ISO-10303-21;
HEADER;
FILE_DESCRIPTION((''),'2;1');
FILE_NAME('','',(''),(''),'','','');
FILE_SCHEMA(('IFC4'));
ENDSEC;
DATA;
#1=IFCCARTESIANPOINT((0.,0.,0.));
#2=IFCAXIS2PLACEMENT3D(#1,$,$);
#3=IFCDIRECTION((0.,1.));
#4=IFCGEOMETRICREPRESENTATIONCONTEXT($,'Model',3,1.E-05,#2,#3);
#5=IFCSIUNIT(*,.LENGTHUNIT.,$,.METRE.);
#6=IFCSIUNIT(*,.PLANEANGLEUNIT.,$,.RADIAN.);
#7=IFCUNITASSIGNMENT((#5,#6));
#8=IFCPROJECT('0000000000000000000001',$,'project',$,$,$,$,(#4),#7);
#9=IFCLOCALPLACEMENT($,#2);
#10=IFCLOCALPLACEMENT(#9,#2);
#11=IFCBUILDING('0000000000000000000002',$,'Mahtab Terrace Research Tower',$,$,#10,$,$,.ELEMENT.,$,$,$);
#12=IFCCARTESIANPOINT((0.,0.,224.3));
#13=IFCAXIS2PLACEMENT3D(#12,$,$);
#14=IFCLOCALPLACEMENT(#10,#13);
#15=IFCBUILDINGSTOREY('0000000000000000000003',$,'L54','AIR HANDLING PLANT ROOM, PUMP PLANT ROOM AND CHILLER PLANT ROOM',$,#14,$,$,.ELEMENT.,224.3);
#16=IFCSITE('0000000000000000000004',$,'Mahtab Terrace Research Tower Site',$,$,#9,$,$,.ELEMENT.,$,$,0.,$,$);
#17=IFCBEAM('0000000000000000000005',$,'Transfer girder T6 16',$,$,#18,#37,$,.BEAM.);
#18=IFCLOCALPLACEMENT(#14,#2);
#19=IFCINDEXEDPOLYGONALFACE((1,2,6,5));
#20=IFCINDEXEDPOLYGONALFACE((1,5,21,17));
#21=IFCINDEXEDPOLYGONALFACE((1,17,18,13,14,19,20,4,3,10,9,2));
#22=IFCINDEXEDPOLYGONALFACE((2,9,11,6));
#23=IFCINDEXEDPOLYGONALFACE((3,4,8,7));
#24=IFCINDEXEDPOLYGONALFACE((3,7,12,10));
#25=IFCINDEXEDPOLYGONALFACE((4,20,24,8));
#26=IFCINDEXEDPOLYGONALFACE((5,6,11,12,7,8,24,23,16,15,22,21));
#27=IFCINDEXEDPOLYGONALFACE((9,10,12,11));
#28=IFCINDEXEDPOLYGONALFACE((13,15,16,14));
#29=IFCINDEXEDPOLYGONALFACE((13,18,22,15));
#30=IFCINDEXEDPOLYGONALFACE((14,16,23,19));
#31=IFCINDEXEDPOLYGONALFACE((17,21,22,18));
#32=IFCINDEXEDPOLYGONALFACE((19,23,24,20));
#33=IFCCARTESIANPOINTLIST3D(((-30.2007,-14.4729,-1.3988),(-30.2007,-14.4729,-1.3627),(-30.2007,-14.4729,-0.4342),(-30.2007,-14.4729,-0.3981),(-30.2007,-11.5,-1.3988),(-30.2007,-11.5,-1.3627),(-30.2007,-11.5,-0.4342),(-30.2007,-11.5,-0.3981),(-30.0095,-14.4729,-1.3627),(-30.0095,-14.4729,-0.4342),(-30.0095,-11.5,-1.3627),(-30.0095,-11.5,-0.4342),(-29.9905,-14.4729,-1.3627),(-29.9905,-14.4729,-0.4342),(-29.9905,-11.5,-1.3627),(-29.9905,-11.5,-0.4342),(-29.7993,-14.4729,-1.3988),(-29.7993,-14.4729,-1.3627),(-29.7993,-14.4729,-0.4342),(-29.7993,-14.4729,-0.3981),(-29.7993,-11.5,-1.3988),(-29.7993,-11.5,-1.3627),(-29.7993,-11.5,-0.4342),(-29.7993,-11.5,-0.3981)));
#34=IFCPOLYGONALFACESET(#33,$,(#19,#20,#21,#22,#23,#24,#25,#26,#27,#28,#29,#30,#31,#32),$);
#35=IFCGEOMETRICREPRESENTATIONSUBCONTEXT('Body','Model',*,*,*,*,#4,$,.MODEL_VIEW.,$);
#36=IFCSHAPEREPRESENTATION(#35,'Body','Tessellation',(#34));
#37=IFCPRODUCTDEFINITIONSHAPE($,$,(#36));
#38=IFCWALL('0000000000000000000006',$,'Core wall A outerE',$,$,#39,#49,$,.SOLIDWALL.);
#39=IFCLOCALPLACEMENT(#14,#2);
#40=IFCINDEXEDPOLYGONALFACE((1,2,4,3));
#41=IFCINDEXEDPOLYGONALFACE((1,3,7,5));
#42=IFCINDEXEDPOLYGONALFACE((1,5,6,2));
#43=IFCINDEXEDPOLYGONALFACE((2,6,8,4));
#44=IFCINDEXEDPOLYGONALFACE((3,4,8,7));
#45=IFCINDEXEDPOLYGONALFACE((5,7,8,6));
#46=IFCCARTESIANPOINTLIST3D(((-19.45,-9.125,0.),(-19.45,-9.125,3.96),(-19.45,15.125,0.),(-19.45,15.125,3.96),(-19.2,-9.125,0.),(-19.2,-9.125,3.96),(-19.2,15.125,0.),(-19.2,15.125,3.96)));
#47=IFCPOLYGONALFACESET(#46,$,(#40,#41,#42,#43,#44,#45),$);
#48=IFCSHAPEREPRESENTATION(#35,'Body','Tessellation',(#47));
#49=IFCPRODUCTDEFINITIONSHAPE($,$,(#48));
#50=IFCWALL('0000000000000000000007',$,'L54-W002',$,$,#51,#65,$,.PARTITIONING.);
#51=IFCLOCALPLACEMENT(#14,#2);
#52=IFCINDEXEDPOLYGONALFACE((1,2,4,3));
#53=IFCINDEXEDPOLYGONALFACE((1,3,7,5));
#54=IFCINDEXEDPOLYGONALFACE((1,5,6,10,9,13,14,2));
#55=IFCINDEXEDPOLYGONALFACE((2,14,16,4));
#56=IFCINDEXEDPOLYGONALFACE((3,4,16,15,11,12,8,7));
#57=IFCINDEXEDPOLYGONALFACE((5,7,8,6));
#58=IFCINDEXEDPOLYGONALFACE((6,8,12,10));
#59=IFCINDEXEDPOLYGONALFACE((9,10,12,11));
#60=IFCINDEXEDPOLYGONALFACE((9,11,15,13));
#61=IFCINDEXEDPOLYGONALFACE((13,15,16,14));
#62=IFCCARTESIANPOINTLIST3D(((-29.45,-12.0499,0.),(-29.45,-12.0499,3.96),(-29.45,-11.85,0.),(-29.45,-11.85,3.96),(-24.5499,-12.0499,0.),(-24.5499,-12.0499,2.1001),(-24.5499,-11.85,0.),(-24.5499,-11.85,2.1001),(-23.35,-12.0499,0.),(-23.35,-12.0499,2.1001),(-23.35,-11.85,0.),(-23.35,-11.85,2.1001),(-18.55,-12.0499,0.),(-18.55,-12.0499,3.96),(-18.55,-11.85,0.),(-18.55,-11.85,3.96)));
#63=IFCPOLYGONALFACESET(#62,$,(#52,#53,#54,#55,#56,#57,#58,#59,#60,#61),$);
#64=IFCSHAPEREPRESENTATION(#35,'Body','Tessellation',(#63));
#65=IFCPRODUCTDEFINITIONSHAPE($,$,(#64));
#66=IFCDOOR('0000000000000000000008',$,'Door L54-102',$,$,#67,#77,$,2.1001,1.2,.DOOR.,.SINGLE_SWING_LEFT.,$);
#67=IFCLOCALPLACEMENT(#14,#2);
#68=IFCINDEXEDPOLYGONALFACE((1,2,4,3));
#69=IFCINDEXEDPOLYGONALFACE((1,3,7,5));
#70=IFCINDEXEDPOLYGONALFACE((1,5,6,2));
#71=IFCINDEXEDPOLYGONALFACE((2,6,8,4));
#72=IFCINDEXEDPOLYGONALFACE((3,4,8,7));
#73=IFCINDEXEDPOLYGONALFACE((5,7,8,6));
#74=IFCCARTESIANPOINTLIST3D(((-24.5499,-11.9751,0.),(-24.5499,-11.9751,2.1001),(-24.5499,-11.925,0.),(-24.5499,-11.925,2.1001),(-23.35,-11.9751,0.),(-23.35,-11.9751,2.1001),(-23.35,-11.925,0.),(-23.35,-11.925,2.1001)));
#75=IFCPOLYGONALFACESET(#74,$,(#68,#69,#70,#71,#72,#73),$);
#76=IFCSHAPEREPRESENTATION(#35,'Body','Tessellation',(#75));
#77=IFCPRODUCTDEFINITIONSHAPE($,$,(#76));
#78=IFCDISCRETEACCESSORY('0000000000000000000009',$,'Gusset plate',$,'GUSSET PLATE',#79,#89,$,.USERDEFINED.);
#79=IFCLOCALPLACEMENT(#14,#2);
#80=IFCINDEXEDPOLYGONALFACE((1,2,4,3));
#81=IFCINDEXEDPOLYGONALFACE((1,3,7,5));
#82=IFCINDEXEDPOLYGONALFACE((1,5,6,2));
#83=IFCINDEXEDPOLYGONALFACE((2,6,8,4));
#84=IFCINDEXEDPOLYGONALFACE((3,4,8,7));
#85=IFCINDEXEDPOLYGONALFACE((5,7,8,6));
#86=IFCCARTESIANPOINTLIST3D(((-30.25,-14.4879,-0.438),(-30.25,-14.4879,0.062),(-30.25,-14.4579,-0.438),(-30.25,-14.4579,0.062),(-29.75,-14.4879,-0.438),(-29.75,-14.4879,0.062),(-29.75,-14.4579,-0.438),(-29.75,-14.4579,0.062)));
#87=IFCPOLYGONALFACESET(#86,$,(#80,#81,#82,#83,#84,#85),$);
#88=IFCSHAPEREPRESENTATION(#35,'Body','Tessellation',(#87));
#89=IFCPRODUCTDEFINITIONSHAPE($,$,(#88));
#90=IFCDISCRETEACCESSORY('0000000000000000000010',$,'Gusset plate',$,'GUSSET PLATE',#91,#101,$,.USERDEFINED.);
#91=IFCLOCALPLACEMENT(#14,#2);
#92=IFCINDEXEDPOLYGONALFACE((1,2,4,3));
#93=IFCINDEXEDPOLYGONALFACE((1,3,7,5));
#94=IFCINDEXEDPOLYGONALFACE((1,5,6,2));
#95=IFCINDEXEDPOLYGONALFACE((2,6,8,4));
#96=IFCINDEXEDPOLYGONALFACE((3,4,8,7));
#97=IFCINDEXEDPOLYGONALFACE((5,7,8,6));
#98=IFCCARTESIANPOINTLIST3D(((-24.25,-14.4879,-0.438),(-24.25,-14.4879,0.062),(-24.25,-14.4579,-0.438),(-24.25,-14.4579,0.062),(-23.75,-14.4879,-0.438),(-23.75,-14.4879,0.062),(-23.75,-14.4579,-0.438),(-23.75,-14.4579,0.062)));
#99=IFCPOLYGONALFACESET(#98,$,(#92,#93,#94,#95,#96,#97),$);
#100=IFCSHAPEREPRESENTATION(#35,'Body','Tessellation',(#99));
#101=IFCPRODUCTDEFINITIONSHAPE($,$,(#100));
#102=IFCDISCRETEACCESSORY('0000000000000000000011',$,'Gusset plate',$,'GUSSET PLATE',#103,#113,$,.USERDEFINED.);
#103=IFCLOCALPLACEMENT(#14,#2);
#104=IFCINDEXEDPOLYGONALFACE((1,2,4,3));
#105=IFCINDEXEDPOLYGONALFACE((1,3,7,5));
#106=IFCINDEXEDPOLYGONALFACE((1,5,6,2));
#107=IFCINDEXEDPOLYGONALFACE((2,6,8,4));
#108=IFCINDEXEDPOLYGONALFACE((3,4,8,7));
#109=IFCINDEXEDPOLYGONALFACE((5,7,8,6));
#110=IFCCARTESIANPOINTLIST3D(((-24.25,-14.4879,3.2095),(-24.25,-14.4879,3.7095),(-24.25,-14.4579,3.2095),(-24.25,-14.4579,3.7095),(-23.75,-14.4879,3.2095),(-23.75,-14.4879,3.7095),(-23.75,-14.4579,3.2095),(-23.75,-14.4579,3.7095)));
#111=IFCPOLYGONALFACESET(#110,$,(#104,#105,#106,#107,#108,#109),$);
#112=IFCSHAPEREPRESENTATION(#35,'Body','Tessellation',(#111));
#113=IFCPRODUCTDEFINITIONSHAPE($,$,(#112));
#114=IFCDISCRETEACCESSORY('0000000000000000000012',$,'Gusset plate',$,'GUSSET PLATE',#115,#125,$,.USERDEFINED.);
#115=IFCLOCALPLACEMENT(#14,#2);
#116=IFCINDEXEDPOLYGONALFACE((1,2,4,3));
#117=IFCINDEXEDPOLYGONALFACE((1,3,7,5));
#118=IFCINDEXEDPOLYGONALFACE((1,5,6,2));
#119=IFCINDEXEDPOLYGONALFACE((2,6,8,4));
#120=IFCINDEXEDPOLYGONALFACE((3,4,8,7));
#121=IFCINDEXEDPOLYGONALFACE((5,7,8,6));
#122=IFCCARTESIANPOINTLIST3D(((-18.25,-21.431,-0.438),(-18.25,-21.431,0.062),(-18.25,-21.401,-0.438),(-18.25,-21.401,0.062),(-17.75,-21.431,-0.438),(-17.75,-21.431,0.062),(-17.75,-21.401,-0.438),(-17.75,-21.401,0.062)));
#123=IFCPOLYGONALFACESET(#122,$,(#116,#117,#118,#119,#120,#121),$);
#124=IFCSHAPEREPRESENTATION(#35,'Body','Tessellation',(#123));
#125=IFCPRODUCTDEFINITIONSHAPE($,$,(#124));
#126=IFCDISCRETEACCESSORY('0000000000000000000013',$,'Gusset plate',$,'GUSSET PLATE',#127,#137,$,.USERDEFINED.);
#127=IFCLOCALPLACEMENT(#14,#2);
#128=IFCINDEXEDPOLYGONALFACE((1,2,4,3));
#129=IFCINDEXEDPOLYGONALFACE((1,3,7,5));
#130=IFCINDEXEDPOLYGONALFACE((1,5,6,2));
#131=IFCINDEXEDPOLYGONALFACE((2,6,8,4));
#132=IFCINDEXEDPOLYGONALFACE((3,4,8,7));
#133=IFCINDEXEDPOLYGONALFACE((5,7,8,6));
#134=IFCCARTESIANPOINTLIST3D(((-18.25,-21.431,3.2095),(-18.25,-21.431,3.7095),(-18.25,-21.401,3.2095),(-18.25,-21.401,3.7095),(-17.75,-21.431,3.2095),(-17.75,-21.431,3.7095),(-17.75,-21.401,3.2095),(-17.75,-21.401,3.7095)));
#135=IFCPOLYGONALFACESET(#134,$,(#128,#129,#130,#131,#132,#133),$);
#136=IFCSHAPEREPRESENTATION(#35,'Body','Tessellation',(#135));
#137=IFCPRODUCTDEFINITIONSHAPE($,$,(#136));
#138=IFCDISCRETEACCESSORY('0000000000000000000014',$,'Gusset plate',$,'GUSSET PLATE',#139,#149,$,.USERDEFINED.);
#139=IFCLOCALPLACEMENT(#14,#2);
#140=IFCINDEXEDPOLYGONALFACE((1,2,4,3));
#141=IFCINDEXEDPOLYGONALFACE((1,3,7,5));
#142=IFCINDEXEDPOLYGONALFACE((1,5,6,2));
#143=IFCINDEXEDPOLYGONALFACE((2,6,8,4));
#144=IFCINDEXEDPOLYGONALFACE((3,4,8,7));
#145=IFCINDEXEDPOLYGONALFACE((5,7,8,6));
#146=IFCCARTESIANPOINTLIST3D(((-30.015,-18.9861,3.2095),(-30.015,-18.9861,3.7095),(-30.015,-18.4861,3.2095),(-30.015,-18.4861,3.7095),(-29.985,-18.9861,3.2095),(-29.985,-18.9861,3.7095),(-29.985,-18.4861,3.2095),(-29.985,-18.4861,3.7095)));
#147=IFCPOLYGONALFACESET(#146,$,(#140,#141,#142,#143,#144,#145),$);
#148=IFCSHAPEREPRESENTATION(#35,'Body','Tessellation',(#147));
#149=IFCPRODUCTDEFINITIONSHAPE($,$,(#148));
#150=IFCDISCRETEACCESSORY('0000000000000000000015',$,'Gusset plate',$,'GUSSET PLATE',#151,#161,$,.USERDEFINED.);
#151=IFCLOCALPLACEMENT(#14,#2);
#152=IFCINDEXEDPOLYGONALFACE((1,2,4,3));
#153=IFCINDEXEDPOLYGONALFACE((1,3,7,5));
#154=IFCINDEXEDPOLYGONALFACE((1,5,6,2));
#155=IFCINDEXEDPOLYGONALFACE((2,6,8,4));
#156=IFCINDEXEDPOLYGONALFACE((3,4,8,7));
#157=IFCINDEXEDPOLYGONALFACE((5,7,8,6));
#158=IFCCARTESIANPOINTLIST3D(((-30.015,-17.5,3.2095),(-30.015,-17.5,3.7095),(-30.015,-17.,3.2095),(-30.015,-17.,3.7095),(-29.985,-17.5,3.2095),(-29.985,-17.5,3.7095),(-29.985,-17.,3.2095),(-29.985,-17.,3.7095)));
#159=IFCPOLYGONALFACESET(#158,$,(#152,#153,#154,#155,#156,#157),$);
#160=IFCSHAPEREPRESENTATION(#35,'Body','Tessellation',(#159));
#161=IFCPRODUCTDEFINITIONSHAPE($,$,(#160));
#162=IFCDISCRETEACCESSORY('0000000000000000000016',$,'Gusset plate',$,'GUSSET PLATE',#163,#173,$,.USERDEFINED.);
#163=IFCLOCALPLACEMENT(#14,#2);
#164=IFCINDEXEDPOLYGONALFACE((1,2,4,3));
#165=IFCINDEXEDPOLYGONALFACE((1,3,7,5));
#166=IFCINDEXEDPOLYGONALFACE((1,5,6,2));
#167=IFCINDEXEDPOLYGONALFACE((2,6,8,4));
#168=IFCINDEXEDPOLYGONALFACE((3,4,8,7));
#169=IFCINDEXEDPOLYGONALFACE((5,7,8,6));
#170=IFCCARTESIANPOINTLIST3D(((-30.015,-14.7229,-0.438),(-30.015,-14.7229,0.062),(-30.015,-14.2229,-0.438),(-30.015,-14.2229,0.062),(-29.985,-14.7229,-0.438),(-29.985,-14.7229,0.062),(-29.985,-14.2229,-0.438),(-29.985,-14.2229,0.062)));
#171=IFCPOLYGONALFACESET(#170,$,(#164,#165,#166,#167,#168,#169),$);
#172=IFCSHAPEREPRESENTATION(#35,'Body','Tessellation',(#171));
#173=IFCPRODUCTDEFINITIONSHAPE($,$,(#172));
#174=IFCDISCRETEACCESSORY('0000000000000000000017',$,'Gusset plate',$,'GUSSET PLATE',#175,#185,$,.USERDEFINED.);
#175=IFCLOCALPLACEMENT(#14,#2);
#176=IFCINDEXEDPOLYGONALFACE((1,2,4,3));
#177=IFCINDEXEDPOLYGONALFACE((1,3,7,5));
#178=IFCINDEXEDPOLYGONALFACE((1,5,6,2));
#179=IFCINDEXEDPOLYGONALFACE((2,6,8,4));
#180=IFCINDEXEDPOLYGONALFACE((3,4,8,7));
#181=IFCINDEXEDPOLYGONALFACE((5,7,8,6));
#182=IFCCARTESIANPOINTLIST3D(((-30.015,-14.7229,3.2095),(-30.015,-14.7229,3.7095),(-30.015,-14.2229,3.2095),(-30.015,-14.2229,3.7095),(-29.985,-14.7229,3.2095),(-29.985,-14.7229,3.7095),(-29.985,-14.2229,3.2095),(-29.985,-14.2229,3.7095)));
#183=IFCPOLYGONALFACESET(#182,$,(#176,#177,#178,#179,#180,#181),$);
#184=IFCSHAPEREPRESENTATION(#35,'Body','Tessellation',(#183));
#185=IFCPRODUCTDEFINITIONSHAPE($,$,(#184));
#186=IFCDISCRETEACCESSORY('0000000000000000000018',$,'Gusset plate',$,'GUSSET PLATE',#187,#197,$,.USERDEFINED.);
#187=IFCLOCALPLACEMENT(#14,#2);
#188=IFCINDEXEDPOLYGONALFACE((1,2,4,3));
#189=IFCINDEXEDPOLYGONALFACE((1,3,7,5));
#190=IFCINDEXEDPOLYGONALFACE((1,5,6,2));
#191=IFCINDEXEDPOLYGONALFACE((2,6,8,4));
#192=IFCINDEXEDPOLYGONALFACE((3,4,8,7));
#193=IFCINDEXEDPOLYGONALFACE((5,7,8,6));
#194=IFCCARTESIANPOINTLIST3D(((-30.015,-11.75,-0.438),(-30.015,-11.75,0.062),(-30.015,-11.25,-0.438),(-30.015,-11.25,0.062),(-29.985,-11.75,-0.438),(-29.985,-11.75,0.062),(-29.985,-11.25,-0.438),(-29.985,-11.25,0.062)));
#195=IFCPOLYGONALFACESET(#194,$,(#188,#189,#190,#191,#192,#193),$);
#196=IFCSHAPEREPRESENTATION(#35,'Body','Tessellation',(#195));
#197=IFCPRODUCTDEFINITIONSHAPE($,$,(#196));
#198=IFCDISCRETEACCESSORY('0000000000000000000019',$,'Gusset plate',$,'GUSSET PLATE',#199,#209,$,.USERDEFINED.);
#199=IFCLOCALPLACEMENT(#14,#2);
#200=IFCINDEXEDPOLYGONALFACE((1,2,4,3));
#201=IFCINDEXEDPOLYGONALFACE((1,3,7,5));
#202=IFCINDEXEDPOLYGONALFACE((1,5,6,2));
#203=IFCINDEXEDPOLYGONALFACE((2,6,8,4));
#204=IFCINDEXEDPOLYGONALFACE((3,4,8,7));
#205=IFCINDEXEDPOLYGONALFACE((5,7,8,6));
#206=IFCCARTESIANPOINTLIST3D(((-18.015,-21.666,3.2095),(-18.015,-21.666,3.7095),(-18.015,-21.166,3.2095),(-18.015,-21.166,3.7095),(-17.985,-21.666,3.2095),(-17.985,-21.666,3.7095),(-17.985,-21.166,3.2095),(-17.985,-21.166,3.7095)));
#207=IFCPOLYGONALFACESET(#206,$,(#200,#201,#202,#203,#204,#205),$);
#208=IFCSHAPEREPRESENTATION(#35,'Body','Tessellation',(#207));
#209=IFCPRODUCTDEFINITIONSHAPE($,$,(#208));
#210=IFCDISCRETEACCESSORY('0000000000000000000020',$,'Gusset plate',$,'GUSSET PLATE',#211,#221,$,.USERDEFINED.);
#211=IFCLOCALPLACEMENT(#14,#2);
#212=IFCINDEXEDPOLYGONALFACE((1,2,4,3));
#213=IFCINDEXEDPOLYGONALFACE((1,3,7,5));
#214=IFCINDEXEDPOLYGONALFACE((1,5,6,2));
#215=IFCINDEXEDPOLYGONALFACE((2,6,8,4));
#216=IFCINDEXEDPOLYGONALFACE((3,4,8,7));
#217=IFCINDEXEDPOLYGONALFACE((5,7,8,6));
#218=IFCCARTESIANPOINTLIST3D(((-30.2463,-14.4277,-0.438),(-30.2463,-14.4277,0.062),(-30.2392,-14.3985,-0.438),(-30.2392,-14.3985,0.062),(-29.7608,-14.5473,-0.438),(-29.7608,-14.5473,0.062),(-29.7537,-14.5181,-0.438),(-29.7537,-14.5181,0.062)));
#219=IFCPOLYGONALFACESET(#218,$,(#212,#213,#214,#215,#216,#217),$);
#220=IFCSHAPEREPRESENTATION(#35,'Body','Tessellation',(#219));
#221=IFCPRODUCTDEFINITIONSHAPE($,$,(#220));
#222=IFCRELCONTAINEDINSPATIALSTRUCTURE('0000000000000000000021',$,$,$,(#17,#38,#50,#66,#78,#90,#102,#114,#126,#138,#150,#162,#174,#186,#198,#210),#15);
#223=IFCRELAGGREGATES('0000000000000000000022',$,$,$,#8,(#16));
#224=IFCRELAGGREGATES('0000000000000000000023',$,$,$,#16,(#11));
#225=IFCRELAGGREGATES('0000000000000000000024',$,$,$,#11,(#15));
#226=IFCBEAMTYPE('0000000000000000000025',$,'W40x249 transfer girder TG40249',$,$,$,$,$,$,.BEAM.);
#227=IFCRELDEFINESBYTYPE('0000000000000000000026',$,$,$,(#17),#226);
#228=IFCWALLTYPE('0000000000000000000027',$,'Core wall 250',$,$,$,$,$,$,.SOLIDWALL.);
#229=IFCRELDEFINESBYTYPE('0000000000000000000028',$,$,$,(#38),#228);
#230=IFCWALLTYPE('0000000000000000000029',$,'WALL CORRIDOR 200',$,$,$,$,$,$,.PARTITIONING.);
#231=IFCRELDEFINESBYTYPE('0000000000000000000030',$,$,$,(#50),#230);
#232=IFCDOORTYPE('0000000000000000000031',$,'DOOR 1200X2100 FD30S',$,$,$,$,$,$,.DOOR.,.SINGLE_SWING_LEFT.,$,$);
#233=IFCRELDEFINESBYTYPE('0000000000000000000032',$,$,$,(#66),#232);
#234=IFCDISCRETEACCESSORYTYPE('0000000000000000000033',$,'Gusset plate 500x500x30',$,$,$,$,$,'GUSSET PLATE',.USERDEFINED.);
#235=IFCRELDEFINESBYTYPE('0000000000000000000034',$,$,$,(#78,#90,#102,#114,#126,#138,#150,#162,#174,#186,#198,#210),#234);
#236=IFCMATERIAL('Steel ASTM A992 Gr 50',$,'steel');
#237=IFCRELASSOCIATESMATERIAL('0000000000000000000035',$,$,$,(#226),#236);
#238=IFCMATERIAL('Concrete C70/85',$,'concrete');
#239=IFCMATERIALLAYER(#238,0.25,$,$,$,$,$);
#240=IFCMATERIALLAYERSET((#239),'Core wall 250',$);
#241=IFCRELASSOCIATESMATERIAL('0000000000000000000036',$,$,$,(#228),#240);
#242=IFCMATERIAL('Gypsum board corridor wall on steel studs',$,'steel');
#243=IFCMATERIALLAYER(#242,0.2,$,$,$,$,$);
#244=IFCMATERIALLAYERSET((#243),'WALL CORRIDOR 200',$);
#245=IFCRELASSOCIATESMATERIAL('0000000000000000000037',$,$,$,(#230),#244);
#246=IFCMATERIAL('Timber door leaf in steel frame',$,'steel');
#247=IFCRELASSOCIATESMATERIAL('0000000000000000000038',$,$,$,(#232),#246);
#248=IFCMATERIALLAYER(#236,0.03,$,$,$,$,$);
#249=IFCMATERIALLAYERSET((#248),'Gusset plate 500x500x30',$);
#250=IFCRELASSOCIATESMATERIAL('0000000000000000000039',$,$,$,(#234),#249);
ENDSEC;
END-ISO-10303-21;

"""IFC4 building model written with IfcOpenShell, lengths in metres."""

from ifc_helpers import new_model, si_unit, direction, frame, frame_2d, origin, origin_2d, place, context, subcontext, project, spatial, rectangle, i_section, extrude, material, layer, layer_set, material_profile, profile_set, type_object, element, fill, save


model = new_model("IFC4")

# Units and contexts
model_context = context("Model", 3, precision=1e-05, world=origin(), true_north=direction((0.0, 1.0)))
body_context = subcontext(model_context, "Body", "Model", "MODEL_VIEW")
ifc_project = project(units=[si_unit("LENGTHUNIT", "METRE"), si_unit("PLANEANGLEUNIT", "RADIAN")], contexts=[model_context])

# Site, building, storey
site_placement = place(None, origin())
site = spatial("IfcSite", under=ifc_project, at=site_placement, Name="Mahtab Terrace Research Tower Site", CompositionType="ELEMENT", RefElevation=0.0)
building_placement = place(site_placement, origin())
building = spatial("IfcBuilding", under=site, at=building_placement, Name="Mahtab Terrace Research Tower", CompositionType="ELEMENT")
storey_placement = place(building_placement, frame((0.0, 0.0, 224.3)))
storey = spatial("IfcBuildingStorey", under=building, at=storey_placement, Name="L54", Description="AIR HANDLING PLANT ROOM, PUMP PLANT ROOM AND CHILLER PLANT ROOM", CompositionType="ELEMENT", Elevation=224.3)

# Shared definitions
ifc_material_1 = material(Name="Concrete C70/85", Category="concrete")
ifc_material_2 = material(Name="Steel ASTM A992 Gr 50", Category="steel")

# Beam
ifc_material_profile_1 = material_profile(ifc_material_2, i_section(OverallWidth=0.4014, OverallDepth=1.0007, WebThickness=0.019, FlangeThickness=0.0361, at=origin_2d()), Name="W40X249")
ifc_profile_set_1 = profile_set([ifc_material_profile_1], Name="Steel ASTM A992 Gr 50")
beam_type = type_object("IfcBeamType", Name="W40x249 transfer girder TG40249", PredefinedType="BEAM", material=ifc_profile_set_1)
beam_placement = place(storey_placement, frame((-30.0, -14.4729, -0.8984), z_axis=(0.0, 1.0, 0.0), x_axis=(-1.0, 0.0, 0.0)))
element("IfcBeam", 1, at=beam_placement, inside=storey, type_object=beam_type, Name="Transfer girder T6 16", PredefinedType="BEAM", context=body_context, shape_type="SweptSolid", body=[
    extrude(i_section(OverallWidth=0.4014, OverallDepth=1.0007, WebThickness=0.019, FlangeThickness=0.0361, at=origin_2d()), origin(), (0.0, 0.0, 1.0), 2.9729),
])

# Wall
ifc_layer_1 = layer(ifc_material_1, 0.25)
ifc_layer_set_1 = layer_set([ifc_layer_1], Name="Core wall 250")
wall_type_1 = type_object("IfcWallType", Name="Core wall 250", PredefinedType="SOLIDWALL", material=ifc_layer_set_1)
wall_1_placement = place(storey_placement, frame((-19.325, -9.125, 0.0), z_axis=(0.0, 0.0, 1.0), x_axis=(0.0, 1.0, 0.0)))
element("IfcWall", 2, at=wall_1_placement, inside=storey, type_object=wall_type_1, Name="Core wall A outerE", PredefinedType="SOLIDWALL", context=body_context, shape_type="SweptSolid", body=[
    extrude(rectangle(XDim=24.25, YDim=0.25, at=frame_2d((12.125, 0.0))), origin(), (0.0, 0.0, 1.0), 3.96),
])

# Wall, opening, door
ifc_material_3 = material(Name="Gypsum board corridor wall on steel studs", Category="steel")
ifc_layer_2 = layer(ifc_material_3, 0.2)
ifc_layer_set_2 = layer_set([ifc_layer_2], Name="WALL CORRIDOR 200")
wall_type_2 = type_object("IfcWallType", Name="WALL CORRIDOR 200", PredefinedType="PARTITIONING", material=ifc_layer_set_2)
wall_2_placement = place(storey_placement, frame((-29.45, -11.95, 0.0), z_axis=(0.0, 0.0, 1.0), x_axis=(1.0, 0.0, 0.0)))
wall_2 = element("IfcWall", 3, at=wall_2_placement, inside=storey, type_object=wall_type_2, Name="L54-W002", PredefinedType="PARTITIONING", context=body_context, shape_type="SweptSolid", body=[
    extrude(rectangle(XDim=10.8999, YDim=0.2, at=frame_2d((5.45, 0.0))), origin(), (0.0, 0.0, 1.0), 3.96),
])
opening_placement = place(wall_2_placement, frame((4.8999, 0.0, 0.0)))
opening = element("IfcOpeningElement", 4, at=opening_placement, cuts=wall_2, PredefinedType="OPENING", context=body_context, shape_type="SweptSolid", body=[
    extrude(rectangle(XDim=1.2, YDim=2.1001, at=frame_2d((0.6001, 1.05))), frame((0.0, 0.1099, 0.0), z_axis=(0.0, -1.0, 0.0), x_axis=(1.0, 0.0, 0.0)), (0.0, 0.0, 1.0), 0.22),
])
ifc_material_4 = material(Name="Timber door leaf in steel frame", Category="steel")
door_type = type_object("IfcDoorType", Name="DOOR 1200X2100 FD30S", OperationType="SINGLE_SWING_LEFT", PredefinedType="DOOR", material=ifc_material_4)
door_placement = place(opening_placement, origin())
door = element("IfcDoor", 5, at=door_placement, inside=storey, type_object=door_type, Name="Door L54-102", OperationType="SINGLE_SWING_LEFT", OverallHeight=2.1001, OverallWidth=1.2, PredefinedType="DOOR", context=body_context, shape_type="SweptSolid", body=[
    extrude(rectangle(XDim=1.2, YDim=2.1001, at=frame_2d((0.6001, 1.05))), frame((0.0, 0.0249, 0.0), z_axis=(0.0, -1.0, 0.0), x_axis=(1.0, 0.0, 0.0)), (0.0, 0.0, 1.0), 0.05),
])
fill(opening, door)

# Discrete accessories
ifc_layer_3 = layer(ifc_material_2, 0.03)
ifc_layer_set_3 = layer_set([ifc_layer_3], Name="Gusset plate 500x500x30")
discrete_accessory_type = type_object("IfcDiscreteAccessoryType", Name="Gusset plate 500x500x30", ElementType="GUSSET PLATE", PredefinedType="USERDEFINED", material=ifc_layer_set_3)
for number, where, z_axis, x_axis, name in (
    (6, (-30.0, -14.4729, -0.438), (0.0, 0.0, 1.0), (1.0, 0.0, 0.0), "Gusset plate"),
    (7, (-24.0, -14.4729, -0.438), (0.0, 0.0, 1.0), (1.0, 0.0, 0.0), "Gusset plate"),
    (8, (-24.0, -14.4729, 3.2095), (0.0, 0.0, 1.0), (1.0, 0.0, 0.0), "Gusset plate"),
    (9, (-18.0, -21.416, -0.438), (0.0, 0.0, 1.0), (1.0, 0.0, 0.0), "Gusset plate"),
    (10, (-18.0, -21.416, 3.2095), (0.0, 0.0, 1.0), (1.0, 0.0, 0.0), "Gusset plate"),
    (11, (-30.0, -18.7361, 3.2095), (0.0, 0.0, 1.0), (0.0, 1.0, 0.0), "Gusset plate"),
    (12, (-30.0, -17.25, 3.2095), (0.0, 0.0, 1.0), (0.0, 1.0, 0.0), "Gusset plate"),
    (13, (-30.0, -14.4729, -0.438), (0.0, 0.0, 1.0), (0.0, 1.0, 0.0), "Gusset plate"),
    (14, (-30.0, -14.4729, 3.2095), (0.0, 0.0, 1.0), (0.0, 1.0, 0.0), "Gusset plate"),
    (15, (-30.0, -11.5, -0.438), (0.0, 0.0, 1.0), (0.0, 1.0, 0.0), "Gusset plate"),
    (16, (-18.0, -21.416, 3.2095), (0.0, 0.0, 1.0), (0.0, 1.0, 0.0), "Gusset plate"),
    (17, (-30.0, -14.4729, -0.438), (0.0, 0.0, 1.0), (-0.970997, 0.239093, 0.0), "Gusset plate"),
):
    element("IfcDiscreteAccessory", number, at=place(storey_placement, frame(where, z_axis=z_axis, x_axis=x_axis)), inside=storey, type_object=discrete_accessory_type, Name=name, ObjectType="GUSSET PLATE", PredefinedType="USERDEFINED", context=body_context, shape_type="SweptSolid", body=[
        extrude(rectangle(XDim=0.5, YDim=0.03, at=origin_2d()), origin(), (0.0, 0.0, 1.0), 0.5),
    ])

save(model, "model.ifc")
